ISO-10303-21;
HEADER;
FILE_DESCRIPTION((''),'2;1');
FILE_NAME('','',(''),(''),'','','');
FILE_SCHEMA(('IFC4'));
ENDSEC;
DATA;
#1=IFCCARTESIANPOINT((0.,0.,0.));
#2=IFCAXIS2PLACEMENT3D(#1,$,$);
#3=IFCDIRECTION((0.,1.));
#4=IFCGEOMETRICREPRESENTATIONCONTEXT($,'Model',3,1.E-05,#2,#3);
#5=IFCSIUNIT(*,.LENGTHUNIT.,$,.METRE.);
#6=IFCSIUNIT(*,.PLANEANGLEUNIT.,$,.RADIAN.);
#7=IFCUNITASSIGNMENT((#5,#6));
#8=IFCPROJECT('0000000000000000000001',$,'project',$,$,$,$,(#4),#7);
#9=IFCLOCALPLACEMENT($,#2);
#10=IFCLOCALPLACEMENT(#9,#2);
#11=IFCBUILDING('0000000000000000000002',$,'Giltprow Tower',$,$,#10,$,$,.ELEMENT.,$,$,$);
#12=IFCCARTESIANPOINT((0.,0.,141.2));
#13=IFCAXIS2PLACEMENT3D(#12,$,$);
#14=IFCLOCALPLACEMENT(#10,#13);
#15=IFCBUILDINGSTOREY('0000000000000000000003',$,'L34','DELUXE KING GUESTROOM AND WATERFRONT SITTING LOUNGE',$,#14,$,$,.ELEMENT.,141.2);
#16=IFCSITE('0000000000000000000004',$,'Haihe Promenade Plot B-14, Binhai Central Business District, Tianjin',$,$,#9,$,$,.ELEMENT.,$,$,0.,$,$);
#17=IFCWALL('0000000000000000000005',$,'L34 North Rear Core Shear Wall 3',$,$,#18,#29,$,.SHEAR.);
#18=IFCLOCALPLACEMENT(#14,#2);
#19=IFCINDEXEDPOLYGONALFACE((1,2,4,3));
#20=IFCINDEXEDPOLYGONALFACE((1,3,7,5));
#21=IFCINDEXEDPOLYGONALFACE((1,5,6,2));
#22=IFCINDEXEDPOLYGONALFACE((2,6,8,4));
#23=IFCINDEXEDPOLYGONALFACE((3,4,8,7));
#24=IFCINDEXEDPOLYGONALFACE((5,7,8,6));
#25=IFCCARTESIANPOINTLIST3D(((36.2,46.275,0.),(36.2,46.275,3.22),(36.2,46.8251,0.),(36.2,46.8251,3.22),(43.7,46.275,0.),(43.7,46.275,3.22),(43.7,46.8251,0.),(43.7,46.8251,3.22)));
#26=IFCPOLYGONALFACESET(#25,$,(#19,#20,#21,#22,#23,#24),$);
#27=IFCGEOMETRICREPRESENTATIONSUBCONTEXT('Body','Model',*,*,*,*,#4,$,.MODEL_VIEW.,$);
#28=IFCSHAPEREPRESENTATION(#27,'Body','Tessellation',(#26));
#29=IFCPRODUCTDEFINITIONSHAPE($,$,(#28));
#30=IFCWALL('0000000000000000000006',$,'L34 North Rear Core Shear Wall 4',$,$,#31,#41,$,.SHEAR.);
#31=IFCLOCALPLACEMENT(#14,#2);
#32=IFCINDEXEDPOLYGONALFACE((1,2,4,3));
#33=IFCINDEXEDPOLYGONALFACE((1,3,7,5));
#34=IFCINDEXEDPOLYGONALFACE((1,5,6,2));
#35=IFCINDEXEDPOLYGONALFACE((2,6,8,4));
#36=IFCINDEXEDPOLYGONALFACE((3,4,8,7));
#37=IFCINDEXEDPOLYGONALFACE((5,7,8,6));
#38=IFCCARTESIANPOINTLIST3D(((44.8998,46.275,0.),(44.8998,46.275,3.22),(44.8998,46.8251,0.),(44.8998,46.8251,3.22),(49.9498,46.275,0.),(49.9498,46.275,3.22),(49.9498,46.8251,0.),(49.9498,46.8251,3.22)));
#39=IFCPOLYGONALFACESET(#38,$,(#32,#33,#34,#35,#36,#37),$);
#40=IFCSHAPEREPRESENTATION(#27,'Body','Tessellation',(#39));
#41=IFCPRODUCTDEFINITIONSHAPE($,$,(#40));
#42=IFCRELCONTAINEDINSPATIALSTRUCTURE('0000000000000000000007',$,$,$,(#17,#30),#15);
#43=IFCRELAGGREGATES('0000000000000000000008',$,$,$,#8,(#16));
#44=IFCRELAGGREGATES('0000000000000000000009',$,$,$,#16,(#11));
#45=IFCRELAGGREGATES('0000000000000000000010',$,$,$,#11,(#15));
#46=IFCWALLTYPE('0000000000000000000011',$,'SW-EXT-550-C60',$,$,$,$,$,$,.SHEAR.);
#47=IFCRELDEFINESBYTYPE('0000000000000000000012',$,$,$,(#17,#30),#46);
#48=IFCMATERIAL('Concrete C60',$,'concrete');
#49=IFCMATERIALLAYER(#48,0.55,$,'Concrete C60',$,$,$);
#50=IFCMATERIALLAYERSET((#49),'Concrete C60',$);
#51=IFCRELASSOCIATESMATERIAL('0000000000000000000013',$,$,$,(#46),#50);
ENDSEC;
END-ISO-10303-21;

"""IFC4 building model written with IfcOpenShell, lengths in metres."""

from ifc_helpers import new_model, si_unit, direction, frame, frame_2d, origin, place, context, subcontext, project, spatial, rectangle, extrude, material, layer, layer_set, type_object, element, save


model = new_model("IFC4")

# Units and contexts
model_context = context("Model", 3, precision=1e-05, world=origin(), true_north=direction((0.0, 1.0)))
body_context = subcontext(model_context, "Body", "Model", "MODEL_VIEW")
ifc_project = project(units=[si_unit("LENGTHUNIT", "METRE"), si_unit("PLANEANGLEUNIT", "RADIAN")], contexts=[model_context])

# Site, building, storey
site_placement = place(None, origin())
site = spatial("IfcSite", under=ifc_project, at=site_placement, Name="Haihe Promenade Plot B-14, Binhai Central Business District, Tianjin", CompositionType="ELEMENT", RefElevation=0.0)
building_placement = place(site_placement, origin())
building = spatial("IfcBuilding", under=site, at=building_placement, Name="Giltprow Tower", CompositionType="ELEMENT")
storey_placement = place(building_placement, frame((0.0, 0.0, 141.2)))
storey = spatial("IfcBuildingStorey", under=building, at=storey_placement, Name="L34", Description="DELUXE KING GUESTROOM AND WATERFRONT SITTING LOUNGE", CompositionType="ELEMENT", Elevation=141.2)

# Shared definitions
ifc_material_1 = material(Name="Concrete C60", Category="concrete")

# Walls
ifc_layer_1 = layer(ifc_material_1, 0.55, Name="Concrete C60")
ifc_layer_set_1 = layer_set([ifc_layer_1], Name="Concrete C60")
wall_type_1 = type_object("IfcWallType", Name="SW-EXT-550-C60", PredefinedType="SHEAR", material=ifc_layer_set_1)
wall_1_placement = place(storey_placement, frame((36.2, 46.55, 0.0), z_axis=(0.0, 0.0, 1.0), x_axis=(1.0, 0.0, 0.0)))
element("IfcWall", 1, at=wall_1_placement, inside=storey, type_object=wall_type_1, Name="L34 North Rear Core Shear Wall 3", PredefinedType="SHEAR", context=body_context, shape_type="SweptSolid", body=[
    extrude(rectangle(XDim=7.5, YDim=0.55, at=frame_2d((3.75, 0.0))), origin(), (0.0, 0.0, 1.0), 3.22),
])
wall_2_placement = place(storey_placement, frame((44.8999, 46.55, 0.0), z_axis=(0.0, 0.0, 1.0), x_axis=(1.0, 0.0, 0.0)))
element("IfcWall", 2, at=wall_2_placement, inside=storey, type_object=wall_type_1, Name="L34 North Rear Core Shear Wall 4", PredefinedType="SHEAR", context=body_context, shape_type="SweptSolid", body=[
    extrude(rectangle(XDim=5.05, YDim=0.55, at=frame_2d((2.5249, 0.0))), origin(), (0.0, 0.0, 1.0), 3.22),
])

save(model, "model.ifc")
